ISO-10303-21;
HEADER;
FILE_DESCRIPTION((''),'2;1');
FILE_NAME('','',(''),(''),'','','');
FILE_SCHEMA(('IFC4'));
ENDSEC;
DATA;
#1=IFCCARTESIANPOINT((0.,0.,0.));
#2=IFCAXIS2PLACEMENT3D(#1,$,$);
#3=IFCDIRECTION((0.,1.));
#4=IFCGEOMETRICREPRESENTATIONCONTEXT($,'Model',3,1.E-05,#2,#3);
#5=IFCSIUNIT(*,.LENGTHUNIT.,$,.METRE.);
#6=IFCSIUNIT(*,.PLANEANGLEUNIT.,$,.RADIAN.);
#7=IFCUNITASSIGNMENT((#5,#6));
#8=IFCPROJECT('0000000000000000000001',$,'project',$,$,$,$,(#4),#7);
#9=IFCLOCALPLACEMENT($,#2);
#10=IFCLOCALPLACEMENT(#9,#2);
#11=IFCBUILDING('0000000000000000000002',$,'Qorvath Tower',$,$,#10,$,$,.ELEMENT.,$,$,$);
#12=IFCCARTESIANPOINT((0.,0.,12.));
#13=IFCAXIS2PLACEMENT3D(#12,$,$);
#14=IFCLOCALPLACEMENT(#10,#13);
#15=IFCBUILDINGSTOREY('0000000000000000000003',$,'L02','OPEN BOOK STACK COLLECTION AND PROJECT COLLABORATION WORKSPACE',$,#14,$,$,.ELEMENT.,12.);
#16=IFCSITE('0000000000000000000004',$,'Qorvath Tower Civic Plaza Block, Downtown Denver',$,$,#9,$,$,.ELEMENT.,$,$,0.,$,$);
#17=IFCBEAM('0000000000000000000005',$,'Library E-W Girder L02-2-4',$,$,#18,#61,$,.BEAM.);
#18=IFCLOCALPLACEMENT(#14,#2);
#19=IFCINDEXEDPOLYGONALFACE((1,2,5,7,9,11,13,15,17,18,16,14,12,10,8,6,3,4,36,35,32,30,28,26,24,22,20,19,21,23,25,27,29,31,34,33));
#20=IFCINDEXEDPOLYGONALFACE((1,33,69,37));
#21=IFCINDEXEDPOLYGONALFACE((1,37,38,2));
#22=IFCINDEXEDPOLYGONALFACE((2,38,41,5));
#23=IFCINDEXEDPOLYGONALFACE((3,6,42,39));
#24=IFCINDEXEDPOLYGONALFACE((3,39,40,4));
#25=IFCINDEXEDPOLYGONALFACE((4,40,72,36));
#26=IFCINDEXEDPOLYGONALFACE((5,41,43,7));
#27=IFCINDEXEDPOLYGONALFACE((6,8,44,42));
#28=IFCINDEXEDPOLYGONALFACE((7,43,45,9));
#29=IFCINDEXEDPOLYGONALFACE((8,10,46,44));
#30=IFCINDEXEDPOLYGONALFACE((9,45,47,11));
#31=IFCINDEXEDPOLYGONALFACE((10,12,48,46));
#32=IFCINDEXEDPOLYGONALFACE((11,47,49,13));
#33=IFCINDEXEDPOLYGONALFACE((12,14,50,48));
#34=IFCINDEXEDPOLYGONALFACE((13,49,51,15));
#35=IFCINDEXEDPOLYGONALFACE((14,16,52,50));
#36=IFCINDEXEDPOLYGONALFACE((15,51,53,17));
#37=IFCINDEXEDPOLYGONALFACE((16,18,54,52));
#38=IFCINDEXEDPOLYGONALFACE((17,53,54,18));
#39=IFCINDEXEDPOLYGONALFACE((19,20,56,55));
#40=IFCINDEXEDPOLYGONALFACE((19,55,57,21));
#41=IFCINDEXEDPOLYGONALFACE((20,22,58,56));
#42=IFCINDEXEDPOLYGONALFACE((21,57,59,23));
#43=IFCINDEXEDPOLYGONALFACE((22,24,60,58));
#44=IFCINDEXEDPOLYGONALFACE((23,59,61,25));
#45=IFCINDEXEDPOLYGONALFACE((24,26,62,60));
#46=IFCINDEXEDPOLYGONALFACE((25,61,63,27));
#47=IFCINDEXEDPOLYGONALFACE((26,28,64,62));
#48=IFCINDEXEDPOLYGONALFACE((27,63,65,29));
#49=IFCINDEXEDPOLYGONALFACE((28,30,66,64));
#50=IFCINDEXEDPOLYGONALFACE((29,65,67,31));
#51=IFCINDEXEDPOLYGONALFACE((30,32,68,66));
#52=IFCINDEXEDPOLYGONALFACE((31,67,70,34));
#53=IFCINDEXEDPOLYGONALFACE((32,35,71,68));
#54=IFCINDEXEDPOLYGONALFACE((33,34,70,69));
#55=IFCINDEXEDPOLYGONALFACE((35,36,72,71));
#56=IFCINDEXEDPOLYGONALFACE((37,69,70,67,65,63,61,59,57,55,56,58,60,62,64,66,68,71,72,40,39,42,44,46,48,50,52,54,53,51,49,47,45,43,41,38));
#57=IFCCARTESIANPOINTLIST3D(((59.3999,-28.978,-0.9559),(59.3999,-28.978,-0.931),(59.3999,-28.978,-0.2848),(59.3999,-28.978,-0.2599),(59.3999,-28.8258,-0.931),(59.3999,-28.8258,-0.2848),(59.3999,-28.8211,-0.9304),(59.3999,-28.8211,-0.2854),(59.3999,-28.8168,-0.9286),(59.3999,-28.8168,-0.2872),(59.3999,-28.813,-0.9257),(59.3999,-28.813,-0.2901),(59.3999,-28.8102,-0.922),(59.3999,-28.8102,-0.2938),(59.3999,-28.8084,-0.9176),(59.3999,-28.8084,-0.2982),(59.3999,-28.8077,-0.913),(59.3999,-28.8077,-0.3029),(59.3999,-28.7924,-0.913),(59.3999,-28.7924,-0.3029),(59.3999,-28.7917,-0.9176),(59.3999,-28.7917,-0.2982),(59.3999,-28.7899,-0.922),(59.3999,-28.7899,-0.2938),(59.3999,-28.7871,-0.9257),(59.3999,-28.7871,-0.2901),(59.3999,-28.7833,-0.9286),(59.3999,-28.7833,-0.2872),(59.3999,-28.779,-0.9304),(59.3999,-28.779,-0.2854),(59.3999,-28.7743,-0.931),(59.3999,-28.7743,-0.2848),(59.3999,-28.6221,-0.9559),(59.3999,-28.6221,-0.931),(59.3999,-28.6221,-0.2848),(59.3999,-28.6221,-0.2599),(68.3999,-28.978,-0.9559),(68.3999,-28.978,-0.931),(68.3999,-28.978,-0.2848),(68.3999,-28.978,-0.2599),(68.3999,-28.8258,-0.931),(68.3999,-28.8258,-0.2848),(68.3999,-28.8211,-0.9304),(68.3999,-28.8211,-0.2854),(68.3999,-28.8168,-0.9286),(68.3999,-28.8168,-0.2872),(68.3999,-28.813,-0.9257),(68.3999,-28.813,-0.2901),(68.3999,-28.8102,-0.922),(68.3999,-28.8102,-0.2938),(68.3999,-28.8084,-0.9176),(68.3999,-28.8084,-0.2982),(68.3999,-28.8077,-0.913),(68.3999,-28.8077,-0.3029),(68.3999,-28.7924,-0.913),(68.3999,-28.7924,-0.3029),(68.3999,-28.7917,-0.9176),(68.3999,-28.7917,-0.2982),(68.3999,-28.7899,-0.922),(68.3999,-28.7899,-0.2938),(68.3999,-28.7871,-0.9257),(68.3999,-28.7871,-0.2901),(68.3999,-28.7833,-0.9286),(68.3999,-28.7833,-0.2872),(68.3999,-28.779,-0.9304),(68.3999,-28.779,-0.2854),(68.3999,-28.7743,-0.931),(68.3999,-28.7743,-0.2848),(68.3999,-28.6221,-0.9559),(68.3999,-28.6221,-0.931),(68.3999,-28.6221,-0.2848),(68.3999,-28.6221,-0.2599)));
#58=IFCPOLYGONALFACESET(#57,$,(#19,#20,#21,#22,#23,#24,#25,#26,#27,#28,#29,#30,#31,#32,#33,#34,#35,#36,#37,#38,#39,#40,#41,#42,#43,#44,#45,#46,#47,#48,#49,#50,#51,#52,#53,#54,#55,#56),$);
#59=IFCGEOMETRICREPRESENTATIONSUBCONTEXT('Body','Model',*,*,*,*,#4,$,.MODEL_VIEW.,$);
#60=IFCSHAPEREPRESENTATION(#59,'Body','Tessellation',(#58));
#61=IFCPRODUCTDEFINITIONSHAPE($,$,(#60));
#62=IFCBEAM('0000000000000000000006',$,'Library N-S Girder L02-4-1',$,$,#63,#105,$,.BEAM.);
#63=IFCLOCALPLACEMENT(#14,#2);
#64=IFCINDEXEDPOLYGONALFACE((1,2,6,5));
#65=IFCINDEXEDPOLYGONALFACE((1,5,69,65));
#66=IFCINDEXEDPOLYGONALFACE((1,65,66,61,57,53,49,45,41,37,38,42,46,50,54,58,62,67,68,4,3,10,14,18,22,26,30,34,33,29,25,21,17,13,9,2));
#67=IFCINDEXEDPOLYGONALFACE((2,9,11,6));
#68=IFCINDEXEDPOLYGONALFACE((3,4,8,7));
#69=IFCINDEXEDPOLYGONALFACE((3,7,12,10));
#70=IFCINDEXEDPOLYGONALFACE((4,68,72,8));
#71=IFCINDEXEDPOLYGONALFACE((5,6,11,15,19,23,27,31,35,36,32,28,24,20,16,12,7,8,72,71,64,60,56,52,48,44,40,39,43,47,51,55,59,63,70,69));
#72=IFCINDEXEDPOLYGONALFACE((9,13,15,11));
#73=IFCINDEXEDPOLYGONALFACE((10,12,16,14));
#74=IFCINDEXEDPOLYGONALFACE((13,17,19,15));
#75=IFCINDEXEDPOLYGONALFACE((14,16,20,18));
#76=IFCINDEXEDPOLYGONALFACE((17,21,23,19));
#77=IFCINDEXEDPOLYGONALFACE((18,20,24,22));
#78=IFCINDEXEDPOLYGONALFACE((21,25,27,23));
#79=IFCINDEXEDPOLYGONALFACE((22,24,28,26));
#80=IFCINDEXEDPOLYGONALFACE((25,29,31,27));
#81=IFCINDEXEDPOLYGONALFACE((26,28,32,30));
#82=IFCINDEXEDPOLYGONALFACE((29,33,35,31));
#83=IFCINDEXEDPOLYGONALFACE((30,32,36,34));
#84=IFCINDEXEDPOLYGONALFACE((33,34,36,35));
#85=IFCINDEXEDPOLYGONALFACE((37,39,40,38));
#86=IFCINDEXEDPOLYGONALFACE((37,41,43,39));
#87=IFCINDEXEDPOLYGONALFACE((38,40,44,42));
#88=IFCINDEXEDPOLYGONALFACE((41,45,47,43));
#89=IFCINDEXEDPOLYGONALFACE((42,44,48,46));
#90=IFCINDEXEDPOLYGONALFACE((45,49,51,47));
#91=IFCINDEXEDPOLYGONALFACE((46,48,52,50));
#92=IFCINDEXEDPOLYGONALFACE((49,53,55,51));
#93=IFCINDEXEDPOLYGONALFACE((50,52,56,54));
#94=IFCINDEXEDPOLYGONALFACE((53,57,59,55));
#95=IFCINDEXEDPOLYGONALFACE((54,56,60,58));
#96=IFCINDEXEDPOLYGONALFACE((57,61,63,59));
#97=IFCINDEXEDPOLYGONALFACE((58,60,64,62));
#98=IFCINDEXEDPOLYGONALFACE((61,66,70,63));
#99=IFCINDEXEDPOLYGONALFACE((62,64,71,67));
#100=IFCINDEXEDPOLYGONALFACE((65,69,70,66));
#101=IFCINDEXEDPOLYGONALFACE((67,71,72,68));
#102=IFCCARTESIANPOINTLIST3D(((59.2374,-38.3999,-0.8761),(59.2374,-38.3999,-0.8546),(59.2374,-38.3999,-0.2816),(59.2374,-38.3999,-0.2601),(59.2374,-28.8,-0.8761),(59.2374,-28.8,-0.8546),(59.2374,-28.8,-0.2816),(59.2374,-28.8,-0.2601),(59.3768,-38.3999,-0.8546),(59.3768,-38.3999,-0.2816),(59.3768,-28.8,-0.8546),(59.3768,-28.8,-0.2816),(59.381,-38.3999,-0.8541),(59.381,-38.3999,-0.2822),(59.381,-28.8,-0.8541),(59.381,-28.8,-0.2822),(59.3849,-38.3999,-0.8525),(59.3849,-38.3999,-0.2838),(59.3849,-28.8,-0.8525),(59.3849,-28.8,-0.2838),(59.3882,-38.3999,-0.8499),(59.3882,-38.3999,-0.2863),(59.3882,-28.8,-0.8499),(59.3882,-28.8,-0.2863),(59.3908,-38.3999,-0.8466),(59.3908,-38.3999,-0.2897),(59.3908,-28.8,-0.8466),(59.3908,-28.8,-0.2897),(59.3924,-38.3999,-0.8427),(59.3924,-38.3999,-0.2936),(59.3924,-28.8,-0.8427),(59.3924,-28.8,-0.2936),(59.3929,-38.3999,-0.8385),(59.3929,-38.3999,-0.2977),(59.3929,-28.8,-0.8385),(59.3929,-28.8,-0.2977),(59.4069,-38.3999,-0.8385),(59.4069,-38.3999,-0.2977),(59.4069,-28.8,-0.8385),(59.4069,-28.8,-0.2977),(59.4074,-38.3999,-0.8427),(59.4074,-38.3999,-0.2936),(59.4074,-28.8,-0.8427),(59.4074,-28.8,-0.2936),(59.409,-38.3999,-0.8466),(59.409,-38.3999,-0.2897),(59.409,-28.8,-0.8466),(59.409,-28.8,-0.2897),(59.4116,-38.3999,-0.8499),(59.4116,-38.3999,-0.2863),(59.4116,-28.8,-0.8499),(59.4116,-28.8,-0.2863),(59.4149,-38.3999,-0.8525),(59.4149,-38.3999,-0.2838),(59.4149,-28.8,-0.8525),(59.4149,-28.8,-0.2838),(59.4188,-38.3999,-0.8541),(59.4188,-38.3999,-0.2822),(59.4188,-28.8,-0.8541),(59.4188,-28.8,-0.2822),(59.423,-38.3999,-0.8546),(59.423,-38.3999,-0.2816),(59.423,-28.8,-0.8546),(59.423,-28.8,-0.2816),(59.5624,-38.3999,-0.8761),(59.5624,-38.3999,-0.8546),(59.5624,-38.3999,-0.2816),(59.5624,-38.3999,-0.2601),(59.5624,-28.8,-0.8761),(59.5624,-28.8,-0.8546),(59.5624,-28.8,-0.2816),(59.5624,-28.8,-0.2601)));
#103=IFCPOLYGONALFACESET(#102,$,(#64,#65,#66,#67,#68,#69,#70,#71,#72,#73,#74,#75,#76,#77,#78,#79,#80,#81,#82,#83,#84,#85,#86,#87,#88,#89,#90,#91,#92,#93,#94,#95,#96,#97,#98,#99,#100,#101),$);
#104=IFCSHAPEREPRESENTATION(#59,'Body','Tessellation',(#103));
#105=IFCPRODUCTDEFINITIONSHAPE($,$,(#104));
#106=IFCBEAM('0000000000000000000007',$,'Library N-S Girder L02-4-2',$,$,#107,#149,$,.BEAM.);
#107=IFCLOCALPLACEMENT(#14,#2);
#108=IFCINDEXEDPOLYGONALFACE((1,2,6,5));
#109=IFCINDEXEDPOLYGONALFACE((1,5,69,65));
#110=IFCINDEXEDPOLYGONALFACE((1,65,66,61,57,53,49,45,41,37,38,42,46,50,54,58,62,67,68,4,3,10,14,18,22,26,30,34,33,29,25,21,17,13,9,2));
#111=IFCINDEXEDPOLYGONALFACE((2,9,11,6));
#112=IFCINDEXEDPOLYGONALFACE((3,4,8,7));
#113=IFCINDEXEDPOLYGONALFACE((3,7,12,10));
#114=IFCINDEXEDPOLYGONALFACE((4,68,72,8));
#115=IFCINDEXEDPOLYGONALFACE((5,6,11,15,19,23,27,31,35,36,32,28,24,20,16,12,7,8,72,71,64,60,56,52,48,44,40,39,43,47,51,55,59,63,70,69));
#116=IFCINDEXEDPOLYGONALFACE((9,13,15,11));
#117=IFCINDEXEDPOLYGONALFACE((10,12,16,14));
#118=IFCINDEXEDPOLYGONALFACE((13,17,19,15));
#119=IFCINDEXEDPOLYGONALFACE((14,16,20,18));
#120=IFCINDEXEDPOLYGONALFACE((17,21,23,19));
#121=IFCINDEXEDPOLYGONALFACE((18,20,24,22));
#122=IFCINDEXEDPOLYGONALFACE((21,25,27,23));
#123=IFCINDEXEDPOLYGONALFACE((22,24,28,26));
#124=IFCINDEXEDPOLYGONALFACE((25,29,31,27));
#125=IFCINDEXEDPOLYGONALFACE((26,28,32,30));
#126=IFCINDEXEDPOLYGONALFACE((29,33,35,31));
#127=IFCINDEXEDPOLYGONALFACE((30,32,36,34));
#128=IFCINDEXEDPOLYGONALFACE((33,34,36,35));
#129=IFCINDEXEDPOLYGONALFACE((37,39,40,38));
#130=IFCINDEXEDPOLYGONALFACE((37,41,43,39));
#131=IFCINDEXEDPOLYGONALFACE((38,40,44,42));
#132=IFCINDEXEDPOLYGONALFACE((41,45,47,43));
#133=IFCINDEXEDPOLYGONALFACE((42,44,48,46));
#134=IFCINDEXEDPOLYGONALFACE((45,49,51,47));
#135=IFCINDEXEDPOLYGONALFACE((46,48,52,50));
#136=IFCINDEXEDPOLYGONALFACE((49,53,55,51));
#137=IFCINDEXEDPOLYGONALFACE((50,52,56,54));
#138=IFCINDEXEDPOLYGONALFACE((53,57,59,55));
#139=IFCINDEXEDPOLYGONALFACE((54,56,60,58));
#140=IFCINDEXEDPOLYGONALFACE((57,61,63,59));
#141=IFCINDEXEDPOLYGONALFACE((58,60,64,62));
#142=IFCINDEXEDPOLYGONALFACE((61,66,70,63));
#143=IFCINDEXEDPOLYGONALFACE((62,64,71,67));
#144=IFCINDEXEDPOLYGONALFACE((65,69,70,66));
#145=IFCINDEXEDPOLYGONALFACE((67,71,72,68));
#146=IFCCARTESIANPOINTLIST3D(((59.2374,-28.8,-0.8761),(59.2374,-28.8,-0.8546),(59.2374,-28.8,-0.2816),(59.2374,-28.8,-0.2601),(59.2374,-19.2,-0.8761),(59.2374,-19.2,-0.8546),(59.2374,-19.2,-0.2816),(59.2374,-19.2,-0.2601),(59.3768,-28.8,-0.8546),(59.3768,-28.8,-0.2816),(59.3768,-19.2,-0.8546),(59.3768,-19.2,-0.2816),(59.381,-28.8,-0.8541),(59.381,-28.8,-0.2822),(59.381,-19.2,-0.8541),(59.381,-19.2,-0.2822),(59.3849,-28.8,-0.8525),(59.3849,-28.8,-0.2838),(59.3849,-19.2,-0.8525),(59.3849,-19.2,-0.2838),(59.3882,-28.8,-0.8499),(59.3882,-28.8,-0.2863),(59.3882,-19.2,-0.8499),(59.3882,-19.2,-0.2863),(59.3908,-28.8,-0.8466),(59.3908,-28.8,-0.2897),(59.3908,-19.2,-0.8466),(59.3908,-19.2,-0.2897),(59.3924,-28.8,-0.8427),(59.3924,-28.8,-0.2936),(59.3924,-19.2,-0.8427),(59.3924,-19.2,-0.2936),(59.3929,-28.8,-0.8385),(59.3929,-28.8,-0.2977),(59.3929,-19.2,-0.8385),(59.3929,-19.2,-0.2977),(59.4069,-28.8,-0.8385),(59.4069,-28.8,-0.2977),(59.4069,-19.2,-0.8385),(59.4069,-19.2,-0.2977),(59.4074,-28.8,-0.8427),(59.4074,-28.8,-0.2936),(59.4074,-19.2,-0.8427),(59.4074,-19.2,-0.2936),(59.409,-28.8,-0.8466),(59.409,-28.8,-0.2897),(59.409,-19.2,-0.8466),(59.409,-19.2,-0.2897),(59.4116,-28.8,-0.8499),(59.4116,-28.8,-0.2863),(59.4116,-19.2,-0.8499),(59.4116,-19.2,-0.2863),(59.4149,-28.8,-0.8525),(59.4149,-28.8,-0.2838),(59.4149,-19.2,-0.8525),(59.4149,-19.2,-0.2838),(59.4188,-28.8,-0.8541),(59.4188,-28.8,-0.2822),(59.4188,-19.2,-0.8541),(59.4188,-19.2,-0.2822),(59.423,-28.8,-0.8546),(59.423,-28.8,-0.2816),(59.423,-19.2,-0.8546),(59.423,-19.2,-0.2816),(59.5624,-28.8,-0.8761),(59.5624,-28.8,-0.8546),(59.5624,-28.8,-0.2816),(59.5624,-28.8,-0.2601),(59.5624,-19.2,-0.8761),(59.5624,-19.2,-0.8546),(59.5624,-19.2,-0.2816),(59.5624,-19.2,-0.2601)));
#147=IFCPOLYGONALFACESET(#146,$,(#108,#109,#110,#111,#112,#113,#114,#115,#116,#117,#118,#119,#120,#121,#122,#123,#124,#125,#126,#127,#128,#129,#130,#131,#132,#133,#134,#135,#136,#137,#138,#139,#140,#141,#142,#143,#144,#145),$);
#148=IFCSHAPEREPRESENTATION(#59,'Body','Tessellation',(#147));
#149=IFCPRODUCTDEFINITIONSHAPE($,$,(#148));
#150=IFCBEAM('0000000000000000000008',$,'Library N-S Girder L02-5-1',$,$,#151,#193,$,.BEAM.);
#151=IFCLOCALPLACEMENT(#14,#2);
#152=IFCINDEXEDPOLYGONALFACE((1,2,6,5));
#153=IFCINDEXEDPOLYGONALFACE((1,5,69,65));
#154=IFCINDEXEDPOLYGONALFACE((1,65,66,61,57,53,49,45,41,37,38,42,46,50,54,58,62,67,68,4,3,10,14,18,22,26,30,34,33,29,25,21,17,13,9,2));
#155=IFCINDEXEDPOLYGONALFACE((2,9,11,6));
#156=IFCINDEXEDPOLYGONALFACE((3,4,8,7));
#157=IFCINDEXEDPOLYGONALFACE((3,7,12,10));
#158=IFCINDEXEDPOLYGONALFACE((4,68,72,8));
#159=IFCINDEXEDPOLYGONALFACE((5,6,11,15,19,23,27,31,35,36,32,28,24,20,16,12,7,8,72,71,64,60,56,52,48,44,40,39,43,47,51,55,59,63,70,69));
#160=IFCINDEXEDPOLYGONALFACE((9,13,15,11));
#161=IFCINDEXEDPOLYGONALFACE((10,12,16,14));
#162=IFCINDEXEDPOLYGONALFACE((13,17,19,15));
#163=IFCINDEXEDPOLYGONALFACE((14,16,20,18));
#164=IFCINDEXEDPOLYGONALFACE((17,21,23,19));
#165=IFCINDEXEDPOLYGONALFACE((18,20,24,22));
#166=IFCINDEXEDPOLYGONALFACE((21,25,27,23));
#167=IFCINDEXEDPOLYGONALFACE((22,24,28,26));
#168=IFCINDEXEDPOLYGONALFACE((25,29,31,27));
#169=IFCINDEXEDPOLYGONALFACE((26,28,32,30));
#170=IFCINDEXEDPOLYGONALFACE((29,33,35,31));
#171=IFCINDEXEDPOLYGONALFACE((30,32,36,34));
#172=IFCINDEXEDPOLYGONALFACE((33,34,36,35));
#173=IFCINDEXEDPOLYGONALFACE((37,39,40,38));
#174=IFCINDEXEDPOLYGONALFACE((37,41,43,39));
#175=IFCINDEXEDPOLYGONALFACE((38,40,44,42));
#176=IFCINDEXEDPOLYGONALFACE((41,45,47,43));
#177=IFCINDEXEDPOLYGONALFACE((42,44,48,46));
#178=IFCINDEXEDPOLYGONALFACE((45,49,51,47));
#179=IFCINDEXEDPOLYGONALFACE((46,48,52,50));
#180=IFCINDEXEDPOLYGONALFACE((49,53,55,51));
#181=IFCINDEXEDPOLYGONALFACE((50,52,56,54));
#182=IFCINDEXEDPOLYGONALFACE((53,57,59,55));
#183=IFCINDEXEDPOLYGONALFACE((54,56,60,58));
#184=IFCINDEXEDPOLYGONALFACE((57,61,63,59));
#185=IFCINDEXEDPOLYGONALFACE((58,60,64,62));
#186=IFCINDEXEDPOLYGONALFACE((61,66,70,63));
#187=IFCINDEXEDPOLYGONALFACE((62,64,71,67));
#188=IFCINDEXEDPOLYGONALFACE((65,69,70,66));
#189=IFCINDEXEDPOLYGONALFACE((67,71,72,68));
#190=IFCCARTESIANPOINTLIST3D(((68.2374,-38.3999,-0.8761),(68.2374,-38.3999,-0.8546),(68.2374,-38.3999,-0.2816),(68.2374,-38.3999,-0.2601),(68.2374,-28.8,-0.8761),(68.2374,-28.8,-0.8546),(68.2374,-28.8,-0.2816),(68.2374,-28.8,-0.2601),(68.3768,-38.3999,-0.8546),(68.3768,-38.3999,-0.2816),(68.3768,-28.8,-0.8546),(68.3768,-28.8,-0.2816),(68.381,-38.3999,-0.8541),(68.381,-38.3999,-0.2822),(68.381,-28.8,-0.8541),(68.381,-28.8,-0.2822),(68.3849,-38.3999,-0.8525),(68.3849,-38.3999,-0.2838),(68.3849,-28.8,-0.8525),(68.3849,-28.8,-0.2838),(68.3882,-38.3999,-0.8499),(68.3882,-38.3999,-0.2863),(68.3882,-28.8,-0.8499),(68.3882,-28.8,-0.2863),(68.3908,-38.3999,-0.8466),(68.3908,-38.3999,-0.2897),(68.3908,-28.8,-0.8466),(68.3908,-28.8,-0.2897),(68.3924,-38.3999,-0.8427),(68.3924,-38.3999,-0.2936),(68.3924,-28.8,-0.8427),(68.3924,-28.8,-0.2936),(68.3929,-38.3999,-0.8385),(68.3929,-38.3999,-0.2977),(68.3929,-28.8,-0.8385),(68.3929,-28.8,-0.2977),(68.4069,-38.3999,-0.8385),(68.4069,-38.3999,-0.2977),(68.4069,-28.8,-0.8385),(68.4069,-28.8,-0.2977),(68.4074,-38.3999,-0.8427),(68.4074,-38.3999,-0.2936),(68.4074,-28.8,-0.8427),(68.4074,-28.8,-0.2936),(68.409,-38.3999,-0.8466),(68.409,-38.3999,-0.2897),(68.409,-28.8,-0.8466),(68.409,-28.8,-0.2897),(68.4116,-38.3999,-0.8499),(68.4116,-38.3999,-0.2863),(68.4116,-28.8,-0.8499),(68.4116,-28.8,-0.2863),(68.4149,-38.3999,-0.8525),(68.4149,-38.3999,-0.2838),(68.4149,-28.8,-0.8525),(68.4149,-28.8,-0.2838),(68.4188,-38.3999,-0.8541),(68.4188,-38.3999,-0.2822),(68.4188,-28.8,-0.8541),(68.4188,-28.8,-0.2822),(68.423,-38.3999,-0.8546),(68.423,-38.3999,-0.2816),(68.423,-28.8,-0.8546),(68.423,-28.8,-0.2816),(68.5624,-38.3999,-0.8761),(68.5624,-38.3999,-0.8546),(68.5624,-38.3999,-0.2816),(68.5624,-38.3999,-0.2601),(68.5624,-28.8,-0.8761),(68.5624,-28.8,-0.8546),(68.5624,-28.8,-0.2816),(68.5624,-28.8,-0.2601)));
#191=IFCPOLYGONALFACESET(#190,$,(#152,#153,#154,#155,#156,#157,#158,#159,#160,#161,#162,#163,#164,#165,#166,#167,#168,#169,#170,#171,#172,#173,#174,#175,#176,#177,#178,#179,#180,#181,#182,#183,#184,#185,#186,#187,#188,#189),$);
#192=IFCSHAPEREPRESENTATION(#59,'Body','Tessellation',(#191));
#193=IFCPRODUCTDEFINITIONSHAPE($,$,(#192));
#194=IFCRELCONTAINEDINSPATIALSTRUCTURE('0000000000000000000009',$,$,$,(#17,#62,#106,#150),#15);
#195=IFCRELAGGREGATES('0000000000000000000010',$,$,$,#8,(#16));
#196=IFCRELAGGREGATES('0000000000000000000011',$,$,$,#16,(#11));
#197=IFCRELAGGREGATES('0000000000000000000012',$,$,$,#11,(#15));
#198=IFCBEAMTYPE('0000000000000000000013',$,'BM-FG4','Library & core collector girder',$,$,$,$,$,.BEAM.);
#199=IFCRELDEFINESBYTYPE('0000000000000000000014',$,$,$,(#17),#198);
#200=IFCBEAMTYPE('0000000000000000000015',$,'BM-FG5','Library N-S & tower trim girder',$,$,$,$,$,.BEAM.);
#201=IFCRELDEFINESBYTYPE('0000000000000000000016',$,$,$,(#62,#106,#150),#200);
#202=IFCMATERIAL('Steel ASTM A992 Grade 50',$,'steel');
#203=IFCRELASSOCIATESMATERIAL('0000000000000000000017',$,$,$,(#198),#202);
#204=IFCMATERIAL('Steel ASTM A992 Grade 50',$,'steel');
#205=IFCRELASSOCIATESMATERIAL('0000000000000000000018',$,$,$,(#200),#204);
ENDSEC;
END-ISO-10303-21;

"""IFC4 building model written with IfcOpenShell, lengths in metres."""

from ifc_helpers import new_model, si_unit, direction, frame, origin, origin_2d, place, context, subcontext, project, spatial, i_section, extrude, material, material_profile, profile_set, type_object, element, save


model = new_model("IFC4")

# Units and contexts
model_context = context("Model", 3, precision=1e-05, world=origin(), true_north=direction((0.0, 1.0)))
body_context = subcontext(model_context, "Body", "Model", "MODEL_VIEW")
ifc_project = project(units=[si_unit("LENGTHUNIT", "METRE"), si_unit("PLANEANGLEUNIT", "RADIAN")], contexts=[model_context])

# Site, building, storey
site_placement = place(None, origin())
site = spatial("IfcSite", under=ifc_project, at=site_placement, Name="Qorvath Tower Civic Plaza Block, Downtown Denver", CompositionType="ELEMENT", RefElevation=0.0)
building_placement = place(site_placement, origin())
building = spatial("IfcBuilding", under=site, at=building_placement, Name="Qorvath Tower", CompositionType="ELEMENT")
storey_placement = place(building_placement, frame((0.0, 0.0, 12.0)))
storey = spatial("IfcBuildingStorey", under=building, at=storey_placement, Name="L02", Description="OPEN BOOK STACK COLLECTION AND PROJECT COLLABORATION WORKSPACE", CompositionType="ELEMENT", Elevation=12.0)

# Beams
ifc_material_1 = material(Name="Steel ASTM A992 Grade 50", Category="steel")
ifc_material_profile_1 = material_profile(ifc_material_1, i_section(OverallWidth=0.356, OverallDepth=0.696, WebThickness=0.0154, FlangeThickness=0.0249, FilletRadius=0.0181, at=origin_2d()), Name="W27x146")
ifc_profile_set_1 = profile_set([ifc_material_profile_1], Name="Steel ASTM A992 Grade 50")
beam_type_1 = type_object("IfcBeamType", Name="BM-FG4", Description="Library & core collector girder", PredefinedType="BEAM", material=ifc_profile_set_1)
beam_1_placement = place(storey_placement, frame((59.3999, -28.8, -0.6079), z_axis=(1.0, 0.0, 0.0), x_axis=(0.0, 1.0, 0.0)))
element("IfcBeam", 1, at=beam_1_placement, inside=storey, type_object=beam_type_1, Name="Library E-W Girder L02-2-4", PredefinedType="BEAM", context=body_context, shape_type="SweptSolid", body=[
    extrude(i_section(OverallWidth=0.356, OverallDepth=0.696, WebThickness=0.0154, FlangeThickness=0.0249, FilletRadius=0.0181, at=origin_2d()), origin(), (0.0, 0.0, 1.0), 9.0),
])
ifc_material_2 = material(Name="Steel ASTM A992 Grade 50", Category="steel")
ifc_material_profile_2 = material_profile(ifc_material_2, i_section(OverallWidth=0.325, OverallDepth=0.616, WebThickness=0.0139, FlangeThickness=0.0215, FilletRadius=0.0161, at=origin_2d()), Name="W24x117")
ifc_profile_set_2 = profile_set([ifc_material_profile_2], Name="Steel ASTM A992 Grade 50")
beam_type_2 = type_object("IfcBeamType", Name="BM-FG5", Description="Library N-S & tower trim girder", PredefinedType="BEAM", material=ifc_profile_set_2)
beam_2_placement = place(storey_placement, frame((59.3999, -38.3999, -0.5681), z_axis=(0.0, 1.0, 0.0), x_axis=(-1.0, 0.0, 0.0)))
element("IfcBeam", 2, at=beam_2_placement, inside=storey, type_object=beam_type_2, Name="Library N-S Girder L02-4-1", PredefinedType="BEAM", context=body_context, shape_type="SweptSolid", body=[
    extrude(i_section(OverallWidth=0.325, OverallDepth=0.616, WebThickness=0.0139, FlangeThickness=0.0215, FilletRadius=0.0161, at=origin_2d()), origin(), (0.0, 0.0, 1.0), 9.5999),
])
beam_3_placement = place(storey_placement, frame((59.3999, -28.8, -0.5681), z_axis=(0.0, 1.0, 0.0), x_axis=(-1.0, 0.0, 0.0)))
element("IfcBeam", 3, at=beam_3_placement, inside=storey, type_object=beam_type_2, Name="Library N-S Girder L02-4-2", PredefinedType="BEAM", context=body_context, shape_type="SweptSolid", body=[
    extrude(i_section(OverallWidth=0.325, OverallDepth=0.616, WebThickness=0.0139, FlangeThickness=0.0215, FilletRadius=0.0161, at=origin_2d()), origin(), (0.0, 0.0, 1.0), 9.6001),
])
beam_4_placement = place(storey_placement, frame((68.3999, -38.3999, -0.5681), z_axis=(0.0, 1.0, 0.0), x_axis=(-1.0, 0.0, 0.0)))
element("IfcBeam", 4, at=beam_4_placement, inside=storey, type_object=beam_type_2, Name="Library N-S Girder L02-5-1", PredefinedType="BEAM", context=body_context, shape_type="SweptSolid", body=[
    extrude(i_section(OverallWidth=0.325, OverallDepth=0.616, WebThickness=0.0139, FlangeThickness=0.0215, FilletRadius=0.0161, at=origin_2d()), origin(), (0.0, 0.0, 1.0), 9.5999),
])

save(model, "model.ifc")
